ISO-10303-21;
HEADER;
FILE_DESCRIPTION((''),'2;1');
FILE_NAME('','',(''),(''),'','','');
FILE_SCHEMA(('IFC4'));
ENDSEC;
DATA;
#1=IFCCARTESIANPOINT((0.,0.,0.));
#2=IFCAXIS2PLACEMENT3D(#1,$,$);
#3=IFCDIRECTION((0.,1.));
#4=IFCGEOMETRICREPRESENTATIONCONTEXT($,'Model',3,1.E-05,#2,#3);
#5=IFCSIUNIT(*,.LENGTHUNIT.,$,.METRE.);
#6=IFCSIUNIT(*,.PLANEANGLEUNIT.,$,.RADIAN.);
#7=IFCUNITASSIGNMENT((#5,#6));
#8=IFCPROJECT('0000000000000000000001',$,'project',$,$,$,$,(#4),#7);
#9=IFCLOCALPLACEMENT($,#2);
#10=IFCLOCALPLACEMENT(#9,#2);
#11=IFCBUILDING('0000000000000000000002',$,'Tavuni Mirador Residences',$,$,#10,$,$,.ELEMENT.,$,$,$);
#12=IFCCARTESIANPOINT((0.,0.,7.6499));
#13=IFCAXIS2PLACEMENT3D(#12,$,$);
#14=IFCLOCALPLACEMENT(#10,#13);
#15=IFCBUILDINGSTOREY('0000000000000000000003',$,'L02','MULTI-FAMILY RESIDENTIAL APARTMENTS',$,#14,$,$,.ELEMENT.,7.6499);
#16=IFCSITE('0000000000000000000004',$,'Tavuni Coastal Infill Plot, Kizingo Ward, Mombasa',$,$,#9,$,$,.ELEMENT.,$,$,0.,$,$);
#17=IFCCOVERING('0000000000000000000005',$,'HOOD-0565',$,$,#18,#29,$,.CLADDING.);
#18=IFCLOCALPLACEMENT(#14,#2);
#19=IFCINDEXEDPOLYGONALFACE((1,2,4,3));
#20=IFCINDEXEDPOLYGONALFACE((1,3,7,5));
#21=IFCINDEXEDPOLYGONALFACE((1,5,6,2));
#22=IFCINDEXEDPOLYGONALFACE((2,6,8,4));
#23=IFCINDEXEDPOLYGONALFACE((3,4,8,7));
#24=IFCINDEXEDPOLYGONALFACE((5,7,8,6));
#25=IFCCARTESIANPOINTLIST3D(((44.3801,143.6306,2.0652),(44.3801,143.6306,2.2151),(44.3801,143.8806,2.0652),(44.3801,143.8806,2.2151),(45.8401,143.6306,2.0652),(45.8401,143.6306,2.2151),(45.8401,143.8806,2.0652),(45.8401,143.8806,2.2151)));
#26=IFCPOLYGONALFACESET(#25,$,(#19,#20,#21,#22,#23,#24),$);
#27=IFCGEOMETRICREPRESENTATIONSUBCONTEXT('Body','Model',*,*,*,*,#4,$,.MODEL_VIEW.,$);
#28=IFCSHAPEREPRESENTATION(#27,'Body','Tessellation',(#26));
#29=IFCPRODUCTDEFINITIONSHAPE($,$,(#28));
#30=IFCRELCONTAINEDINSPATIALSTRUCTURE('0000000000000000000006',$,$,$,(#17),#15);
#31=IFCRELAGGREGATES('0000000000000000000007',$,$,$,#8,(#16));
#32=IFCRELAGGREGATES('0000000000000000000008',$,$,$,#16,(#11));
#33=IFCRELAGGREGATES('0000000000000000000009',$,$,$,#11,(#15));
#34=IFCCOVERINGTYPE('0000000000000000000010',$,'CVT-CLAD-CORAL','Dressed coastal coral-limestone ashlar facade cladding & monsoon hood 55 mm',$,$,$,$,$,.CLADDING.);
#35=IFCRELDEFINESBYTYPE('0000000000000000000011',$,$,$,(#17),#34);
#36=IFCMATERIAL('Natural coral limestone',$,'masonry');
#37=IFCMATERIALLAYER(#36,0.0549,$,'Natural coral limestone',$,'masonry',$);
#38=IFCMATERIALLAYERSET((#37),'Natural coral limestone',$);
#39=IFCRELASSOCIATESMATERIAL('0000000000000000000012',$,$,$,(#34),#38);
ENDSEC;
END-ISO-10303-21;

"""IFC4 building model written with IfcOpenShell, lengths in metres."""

from ifc_helpers import new_model, si_unit, direction, frame, origin, origin_2d, place, context, subcontext, project, spatial, rectangle, extrude, material, layer, layer_set, type_object, element, save


model = new_model("IFC4")

# Units and contexts
model_context = context("Model", 3, precision=1e-05, world=origin(), true_north=direction((0.0, 1.0)))
body_context = subcontext(model_context, "Body", "Model", "MODEL_VIEW")
ifc_project = project(units=[si_unit("LENGTHUNIT", "METRE"), si_unit("PLANEANGLEUNIT", "RADIAN")], contexts=[model_context])

# Site, building, storey
site_placement = place(None, origin())
site = spatial("IfcSite", under=ifc_project, at=site_placement, Name="Tavuni Coastal Infill Plot, Kizingo Ward, Mombasa", CompositionType="ELEMENT", RefElevation=0.0)
building_placement = place(site_placement, origin())
building = spatial("IfcBuilding", under=site, at=building_placement, Name="Tavuni Mirador Residences", CompositionType="ELEMENT")
storey_placement = place(building_placement, frame((0.0, 0.0, 7.6499)))
storey = spatial("IfcBuildingStorey", under=building, at=storey_placement, Name="L02", Description="MULTI-FAMILY RESIDENTIAL APARTMENTS", CompositionType="ELEMENT", Elevation=7.6499)

# Covering
ifc_material_1 = material(Name="Natural coral limestone", Category="masonry")
ifc_layer_1 = layer(ifc_material_1, 0.0549, Name="Natural coral limestone", Category="masonry")
ifc_layer_set_1 = layer_set([ifc_layer_1], Name="Natural coral limestone")
covering_type = type_object("IfcCoveringType", Name="CVT-CLAD-CORAL", Description="Dressed coastal coral-limestone ashlar facade cladding & monsoon hood 55 mm", PredefinedType="CLADDING", material=ifc_layer_set_1)
covering_1_placement = place(storey_placement, frame((45.1101, 143.7556, 2.0652), z_axis=(0.0, 0.0, 1.0), x_axis=(1.0, 0.0, 0.0)))
element("IfcCovering", 1, at=covering_1_placement, inside=storey, type_object=covering_type, Name="HOOD-0565", PredefinedType="CLADDING", context=body_context, shape_type="SweptSolid", body=[
    extrude(rectangle(XDim=1.46, YDim=0.25, at=origin_2d()), origin(), (0.0, 0.0, 1.0), 0.1499),
])

save(model, "model.ifc")
